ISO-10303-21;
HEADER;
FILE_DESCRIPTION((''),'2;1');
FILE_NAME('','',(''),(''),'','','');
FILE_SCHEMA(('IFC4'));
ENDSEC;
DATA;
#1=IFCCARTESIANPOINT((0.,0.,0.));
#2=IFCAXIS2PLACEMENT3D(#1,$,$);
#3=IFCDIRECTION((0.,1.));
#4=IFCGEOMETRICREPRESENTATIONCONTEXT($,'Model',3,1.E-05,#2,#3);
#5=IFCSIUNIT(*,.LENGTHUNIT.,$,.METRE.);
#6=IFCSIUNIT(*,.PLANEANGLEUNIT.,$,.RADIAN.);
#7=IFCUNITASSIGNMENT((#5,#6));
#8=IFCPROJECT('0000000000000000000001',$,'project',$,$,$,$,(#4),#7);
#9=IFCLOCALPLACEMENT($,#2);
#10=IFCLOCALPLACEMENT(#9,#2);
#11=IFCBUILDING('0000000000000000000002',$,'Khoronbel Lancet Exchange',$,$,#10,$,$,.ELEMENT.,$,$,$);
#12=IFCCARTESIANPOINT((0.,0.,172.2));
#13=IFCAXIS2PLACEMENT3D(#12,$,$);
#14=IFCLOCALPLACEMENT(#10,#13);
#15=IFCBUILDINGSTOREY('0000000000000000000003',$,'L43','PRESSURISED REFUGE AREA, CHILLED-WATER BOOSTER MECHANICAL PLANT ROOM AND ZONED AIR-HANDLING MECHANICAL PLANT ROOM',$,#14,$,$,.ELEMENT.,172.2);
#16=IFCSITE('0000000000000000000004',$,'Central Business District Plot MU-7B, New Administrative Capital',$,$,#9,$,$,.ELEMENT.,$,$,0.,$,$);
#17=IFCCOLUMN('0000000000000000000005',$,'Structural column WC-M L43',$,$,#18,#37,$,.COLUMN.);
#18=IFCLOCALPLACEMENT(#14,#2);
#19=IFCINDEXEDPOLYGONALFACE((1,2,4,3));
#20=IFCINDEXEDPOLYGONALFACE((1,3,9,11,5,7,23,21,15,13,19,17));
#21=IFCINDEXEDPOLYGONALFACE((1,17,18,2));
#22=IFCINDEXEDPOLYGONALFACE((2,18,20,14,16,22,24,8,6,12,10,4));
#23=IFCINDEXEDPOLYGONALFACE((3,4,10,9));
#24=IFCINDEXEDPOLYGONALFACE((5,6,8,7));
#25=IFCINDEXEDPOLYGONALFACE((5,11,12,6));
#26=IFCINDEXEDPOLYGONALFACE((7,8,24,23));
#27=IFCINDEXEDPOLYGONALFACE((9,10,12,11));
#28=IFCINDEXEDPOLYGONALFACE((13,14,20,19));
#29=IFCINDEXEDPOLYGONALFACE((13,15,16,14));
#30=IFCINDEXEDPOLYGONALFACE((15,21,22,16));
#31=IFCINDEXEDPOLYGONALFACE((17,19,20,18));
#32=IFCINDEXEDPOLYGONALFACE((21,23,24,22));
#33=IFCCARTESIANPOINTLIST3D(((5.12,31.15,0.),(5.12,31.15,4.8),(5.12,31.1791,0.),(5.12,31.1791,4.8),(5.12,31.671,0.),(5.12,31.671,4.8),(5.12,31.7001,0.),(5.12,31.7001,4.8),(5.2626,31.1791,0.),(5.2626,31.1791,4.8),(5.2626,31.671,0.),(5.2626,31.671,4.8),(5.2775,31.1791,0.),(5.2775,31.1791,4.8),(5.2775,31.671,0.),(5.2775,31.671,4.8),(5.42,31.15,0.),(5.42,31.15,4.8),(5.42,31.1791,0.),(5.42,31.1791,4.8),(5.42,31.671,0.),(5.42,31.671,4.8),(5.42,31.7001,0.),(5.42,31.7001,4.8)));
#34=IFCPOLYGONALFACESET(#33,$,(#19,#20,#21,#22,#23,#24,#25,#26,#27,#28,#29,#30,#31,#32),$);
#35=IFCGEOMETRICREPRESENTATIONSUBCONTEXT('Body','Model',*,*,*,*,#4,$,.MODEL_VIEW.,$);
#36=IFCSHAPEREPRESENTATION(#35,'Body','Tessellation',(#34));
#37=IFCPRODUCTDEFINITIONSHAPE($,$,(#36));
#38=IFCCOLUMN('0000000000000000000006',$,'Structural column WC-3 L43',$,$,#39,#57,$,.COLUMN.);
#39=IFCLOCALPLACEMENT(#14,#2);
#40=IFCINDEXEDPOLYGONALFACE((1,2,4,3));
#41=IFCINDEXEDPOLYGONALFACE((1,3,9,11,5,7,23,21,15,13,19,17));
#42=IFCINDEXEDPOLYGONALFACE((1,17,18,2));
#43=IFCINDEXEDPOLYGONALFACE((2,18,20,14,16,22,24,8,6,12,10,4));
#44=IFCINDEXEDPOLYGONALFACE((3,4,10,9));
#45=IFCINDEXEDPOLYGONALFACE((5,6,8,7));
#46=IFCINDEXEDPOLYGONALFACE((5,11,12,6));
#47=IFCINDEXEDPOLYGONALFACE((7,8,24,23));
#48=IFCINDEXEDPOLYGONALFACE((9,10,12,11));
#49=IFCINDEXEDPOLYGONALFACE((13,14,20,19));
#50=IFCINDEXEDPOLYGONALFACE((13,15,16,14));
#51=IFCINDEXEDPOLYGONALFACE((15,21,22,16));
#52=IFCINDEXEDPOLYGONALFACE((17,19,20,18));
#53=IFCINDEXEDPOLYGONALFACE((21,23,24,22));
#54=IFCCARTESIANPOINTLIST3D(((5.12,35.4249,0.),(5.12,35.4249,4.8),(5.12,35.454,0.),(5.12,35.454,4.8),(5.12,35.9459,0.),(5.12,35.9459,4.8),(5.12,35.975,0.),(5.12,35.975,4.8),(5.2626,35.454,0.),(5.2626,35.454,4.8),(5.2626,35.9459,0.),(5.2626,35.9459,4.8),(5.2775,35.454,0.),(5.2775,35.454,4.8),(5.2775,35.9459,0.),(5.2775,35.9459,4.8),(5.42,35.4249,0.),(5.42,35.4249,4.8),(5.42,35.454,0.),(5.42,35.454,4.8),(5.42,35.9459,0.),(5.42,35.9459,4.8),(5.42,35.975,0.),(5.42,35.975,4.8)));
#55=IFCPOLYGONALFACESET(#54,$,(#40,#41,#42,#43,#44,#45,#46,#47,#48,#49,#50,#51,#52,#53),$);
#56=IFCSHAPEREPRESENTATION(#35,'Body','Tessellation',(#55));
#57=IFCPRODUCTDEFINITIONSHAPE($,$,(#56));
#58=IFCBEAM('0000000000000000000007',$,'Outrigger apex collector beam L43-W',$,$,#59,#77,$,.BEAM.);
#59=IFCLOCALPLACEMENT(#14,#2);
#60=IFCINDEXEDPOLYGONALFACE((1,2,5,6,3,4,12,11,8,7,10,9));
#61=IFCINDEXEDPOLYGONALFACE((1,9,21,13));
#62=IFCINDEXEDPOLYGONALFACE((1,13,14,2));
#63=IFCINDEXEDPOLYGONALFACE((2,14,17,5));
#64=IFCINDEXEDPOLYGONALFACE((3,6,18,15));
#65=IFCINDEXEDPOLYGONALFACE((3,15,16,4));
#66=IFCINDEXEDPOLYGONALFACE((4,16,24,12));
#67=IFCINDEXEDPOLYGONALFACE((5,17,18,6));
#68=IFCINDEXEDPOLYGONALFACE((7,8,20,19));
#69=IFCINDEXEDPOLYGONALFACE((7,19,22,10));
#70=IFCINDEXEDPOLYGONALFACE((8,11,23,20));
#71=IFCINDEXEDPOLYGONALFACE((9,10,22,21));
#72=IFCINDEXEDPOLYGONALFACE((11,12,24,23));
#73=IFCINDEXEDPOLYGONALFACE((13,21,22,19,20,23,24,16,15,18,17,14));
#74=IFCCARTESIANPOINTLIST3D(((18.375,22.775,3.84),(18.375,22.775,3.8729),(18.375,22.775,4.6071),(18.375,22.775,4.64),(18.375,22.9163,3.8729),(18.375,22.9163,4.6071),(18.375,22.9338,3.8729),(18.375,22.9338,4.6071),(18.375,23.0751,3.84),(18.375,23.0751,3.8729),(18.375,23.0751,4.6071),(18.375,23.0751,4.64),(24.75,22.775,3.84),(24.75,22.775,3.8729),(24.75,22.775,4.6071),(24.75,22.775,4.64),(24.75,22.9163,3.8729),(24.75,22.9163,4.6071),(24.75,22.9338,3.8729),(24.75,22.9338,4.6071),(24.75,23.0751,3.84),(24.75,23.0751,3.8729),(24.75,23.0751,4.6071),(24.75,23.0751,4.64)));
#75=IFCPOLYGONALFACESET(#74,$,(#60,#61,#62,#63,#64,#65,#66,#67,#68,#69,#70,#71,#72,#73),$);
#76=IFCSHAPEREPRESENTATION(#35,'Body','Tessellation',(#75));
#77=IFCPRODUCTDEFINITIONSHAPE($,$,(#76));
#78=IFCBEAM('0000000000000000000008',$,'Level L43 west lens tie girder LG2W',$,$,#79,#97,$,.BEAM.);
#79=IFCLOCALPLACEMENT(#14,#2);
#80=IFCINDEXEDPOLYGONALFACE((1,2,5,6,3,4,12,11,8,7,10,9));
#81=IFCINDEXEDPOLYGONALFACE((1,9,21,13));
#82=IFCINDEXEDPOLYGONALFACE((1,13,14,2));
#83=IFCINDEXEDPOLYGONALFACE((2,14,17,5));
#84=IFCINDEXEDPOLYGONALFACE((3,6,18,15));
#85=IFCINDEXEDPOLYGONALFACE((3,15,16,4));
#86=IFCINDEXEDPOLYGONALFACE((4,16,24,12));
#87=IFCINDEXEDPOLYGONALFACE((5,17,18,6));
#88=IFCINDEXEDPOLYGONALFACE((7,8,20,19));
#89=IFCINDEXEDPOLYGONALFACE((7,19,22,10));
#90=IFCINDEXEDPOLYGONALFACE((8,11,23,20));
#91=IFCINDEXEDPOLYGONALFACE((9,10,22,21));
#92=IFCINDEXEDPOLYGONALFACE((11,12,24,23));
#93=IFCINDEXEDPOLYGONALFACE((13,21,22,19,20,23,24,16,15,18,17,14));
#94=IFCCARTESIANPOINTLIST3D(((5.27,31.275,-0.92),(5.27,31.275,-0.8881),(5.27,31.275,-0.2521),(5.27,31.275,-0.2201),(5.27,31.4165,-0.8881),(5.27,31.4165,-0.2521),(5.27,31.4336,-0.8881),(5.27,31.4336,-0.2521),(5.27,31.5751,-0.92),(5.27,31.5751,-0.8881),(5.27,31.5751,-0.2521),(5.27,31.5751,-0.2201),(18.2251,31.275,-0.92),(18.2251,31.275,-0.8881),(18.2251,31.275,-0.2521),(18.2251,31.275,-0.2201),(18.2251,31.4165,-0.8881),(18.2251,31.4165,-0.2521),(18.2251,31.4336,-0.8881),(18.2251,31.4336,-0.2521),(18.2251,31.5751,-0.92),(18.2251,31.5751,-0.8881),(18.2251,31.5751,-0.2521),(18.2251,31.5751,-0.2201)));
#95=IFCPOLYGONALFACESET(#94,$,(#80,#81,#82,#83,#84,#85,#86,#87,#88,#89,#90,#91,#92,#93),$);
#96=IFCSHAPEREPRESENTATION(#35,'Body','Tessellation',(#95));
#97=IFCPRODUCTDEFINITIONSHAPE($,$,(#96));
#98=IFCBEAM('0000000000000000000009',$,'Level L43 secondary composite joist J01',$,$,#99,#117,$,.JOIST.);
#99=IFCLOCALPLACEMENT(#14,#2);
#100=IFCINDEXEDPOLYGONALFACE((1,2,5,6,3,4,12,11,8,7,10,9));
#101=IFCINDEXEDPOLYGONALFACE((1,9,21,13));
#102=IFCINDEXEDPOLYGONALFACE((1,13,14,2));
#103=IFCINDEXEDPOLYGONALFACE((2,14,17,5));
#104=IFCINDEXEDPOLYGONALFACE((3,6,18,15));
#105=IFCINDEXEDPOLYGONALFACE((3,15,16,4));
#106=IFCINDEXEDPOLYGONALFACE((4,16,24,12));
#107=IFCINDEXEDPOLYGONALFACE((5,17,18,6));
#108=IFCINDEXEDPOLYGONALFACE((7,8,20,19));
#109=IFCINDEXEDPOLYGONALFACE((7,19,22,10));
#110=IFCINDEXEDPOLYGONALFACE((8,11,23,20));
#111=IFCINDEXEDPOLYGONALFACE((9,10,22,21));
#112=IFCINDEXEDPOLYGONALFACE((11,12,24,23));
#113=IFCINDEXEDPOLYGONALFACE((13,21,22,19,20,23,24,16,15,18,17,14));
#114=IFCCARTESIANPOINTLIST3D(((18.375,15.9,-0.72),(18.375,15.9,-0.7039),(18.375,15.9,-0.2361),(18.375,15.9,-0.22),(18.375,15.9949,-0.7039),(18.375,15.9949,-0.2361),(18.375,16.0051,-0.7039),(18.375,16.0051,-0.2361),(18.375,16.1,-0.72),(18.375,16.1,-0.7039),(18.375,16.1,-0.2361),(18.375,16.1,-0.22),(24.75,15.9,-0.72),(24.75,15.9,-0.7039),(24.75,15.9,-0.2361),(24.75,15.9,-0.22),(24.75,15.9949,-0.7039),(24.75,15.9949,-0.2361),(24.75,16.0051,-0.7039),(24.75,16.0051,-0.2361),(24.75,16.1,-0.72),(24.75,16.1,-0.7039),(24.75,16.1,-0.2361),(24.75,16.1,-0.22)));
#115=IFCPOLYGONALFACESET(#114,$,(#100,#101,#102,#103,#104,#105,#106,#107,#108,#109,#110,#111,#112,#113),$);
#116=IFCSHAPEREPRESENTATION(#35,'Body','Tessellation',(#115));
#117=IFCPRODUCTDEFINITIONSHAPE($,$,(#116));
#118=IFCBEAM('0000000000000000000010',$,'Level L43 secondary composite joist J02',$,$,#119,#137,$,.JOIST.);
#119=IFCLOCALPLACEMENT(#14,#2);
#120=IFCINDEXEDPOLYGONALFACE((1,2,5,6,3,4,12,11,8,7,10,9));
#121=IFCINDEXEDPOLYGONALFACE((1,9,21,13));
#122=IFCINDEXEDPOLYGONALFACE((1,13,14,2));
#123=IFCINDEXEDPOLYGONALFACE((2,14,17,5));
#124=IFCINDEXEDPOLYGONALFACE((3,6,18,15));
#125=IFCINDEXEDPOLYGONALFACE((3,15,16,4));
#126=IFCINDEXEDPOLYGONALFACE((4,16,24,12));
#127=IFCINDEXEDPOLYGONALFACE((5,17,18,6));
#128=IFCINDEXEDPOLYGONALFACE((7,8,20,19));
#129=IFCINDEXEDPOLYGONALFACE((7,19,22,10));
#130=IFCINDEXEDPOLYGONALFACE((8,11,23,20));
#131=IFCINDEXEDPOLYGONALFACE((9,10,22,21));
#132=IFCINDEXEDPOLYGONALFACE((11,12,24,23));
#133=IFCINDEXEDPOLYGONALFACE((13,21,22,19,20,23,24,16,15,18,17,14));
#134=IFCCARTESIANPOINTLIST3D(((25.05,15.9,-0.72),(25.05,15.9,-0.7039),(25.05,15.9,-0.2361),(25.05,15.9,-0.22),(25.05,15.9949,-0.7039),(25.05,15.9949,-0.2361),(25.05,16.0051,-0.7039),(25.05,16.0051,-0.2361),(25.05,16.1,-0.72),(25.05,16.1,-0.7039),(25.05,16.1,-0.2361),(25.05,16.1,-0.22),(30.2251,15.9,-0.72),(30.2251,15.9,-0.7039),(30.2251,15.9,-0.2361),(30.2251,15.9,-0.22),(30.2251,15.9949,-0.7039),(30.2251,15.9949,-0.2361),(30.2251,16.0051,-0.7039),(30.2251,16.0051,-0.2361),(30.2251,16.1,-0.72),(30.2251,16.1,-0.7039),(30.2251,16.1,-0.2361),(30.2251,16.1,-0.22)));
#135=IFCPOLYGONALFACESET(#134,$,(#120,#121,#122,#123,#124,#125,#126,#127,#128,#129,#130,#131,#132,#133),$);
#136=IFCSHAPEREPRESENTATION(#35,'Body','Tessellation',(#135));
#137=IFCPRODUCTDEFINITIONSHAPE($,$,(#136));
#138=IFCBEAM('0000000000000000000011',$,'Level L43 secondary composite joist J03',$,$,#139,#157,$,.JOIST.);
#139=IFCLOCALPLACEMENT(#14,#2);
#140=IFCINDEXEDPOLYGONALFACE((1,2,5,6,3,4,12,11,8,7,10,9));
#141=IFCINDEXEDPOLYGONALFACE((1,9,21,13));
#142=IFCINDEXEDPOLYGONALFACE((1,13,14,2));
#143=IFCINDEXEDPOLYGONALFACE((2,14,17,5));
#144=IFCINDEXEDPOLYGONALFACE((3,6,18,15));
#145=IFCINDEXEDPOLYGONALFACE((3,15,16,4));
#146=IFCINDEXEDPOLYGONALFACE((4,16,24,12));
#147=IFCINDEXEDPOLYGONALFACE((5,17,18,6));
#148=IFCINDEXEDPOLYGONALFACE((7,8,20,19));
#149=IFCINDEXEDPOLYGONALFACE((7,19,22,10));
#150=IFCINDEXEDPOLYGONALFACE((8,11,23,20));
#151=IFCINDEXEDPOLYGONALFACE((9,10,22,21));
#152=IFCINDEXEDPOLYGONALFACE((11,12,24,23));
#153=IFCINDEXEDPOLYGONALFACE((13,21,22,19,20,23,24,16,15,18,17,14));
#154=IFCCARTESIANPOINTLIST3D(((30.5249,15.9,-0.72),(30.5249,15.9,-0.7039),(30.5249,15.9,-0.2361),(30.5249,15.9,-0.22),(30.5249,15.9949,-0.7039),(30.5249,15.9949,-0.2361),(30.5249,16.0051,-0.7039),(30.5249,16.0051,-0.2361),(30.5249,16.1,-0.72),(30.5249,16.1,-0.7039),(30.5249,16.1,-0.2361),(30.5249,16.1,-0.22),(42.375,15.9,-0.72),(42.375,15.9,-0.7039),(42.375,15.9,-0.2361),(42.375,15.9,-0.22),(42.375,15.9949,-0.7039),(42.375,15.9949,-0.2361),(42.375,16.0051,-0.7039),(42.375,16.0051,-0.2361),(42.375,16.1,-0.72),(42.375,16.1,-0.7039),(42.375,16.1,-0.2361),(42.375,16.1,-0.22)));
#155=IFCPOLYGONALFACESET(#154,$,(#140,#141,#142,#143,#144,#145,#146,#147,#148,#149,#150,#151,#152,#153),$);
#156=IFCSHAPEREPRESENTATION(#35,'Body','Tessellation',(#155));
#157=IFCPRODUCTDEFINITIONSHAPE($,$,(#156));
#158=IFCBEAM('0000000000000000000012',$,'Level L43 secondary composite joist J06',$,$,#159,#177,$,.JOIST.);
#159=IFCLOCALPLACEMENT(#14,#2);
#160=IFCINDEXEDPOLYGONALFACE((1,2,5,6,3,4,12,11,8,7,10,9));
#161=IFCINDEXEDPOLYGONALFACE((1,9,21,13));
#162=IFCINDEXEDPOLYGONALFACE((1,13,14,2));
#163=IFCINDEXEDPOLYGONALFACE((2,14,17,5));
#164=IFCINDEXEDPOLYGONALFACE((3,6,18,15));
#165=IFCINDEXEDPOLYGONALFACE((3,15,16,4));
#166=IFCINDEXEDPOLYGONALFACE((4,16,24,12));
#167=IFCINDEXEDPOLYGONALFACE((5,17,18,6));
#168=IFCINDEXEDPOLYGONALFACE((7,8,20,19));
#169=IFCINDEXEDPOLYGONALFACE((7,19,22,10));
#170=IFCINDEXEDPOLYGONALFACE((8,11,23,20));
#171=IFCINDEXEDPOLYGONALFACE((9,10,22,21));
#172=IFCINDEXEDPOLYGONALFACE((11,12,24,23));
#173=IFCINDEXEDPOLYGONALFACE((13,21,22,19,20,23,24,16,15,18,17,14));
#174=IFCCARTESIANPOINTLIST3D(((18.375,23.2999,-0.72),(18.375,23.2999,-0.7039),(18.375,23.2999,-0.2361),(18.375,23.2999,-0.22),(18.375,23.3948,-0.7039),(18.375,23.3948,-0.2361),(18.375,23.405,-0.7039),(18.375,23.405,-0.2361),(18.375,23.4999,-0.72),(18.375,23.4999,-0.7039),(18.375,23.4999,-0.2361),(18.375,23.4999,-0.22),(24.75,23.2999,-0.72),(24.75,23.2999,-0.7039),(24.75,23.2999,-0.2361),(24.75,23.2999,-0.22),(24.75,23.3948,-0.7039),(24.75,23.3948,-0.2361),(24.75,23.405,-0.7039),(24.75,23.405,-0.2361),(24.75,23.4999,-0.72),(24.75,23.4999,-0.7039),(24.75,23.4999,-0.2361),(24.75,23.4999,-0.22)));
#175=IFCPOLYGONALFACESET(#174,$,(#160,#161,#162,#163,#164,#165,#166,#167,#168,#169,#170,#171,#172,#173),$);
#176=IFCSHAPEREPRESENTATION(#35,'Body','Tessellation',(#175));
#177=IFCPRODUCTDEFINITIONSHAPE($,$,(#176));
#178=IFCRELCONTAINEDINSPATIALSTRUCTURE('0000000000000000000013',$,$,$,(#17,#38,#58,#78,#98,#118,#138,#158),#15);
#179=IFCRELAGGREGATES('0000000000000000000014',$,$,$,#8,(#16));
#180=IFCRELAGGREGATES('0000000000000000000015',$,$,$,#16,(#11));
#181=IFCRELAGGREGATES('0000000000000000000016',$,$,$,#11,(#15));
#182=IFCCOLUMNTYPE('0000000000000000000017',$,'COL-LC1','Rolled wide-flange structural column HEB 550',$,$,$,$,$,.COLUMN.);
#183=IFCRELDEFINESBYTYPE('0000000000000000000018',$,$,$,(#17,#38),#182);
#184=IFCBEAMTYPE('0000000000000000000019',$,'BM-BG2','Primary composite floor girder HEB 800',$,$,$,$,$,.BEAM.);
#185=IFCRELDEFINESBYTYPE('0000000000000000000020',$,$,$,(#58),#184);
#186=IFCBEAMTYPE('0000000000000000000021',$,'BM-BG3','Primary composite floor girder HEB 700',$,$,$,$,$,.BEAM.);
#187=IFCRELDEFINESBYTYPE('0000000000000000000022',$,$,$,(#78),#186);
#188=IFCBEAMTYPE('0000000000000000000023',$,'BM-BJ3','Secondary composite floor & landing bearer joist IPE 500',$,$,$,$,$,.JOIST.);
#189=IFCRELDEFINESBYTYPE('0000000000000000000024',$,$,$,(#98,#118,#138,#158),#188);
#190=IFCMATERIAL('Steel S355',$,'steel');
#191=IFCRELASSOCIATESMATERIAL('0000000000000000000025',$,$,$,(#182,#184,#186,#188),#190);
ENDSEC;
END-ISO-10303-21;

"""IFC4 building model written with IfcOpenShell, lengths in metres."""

from ifc_helpers import new_model, si_unit, direction, frame, origin, origin_2d, place, context, subcontext, project, spatial, i_section, extrude, material, material_profile, profile_set, type_object, element, save


model = new_model("IFC4")

# Units and contexts
model_context = context("Model", 3, precision=1e-05, world=origin(), true_north=direction((0.0, 1.0)))
body_context = subcontext(model_context, "Body", "Model", "MODEL_VIEW")
ifc_project = project(units=[si_unit("LENGTHUNIT", "METRE"), si_unit("PLANEANGLEUNIT", "RADIAN")], contexts=[model_context])

# Site, building, storey
site_placement = place(None, origin())
site = spatial("IfcSite", under=ifc_project, at=site_placement, Name="Central Business District Plot MU-7B, New Administrative Capital", CompositionType="ELEMENT", RefElevation=0.0)
building_placement = place(site_placement, origin())
building = spatial("IfcBuilding", under=site, at=building_placement, Name="Khoronbel Lancet Exchange", CompositionType="ELEMENT")
storey_placement = place(building_placement, frame((0.0, 0.0, 172.2)))
storey = spatial("IfcBuildingStorey", under=building, at=storey_placement, Name="L43", Description="PRESSURISED REFUGE AREA, CHILLED-WATER BOOSTER MECHANICAL PLANT ROOM AND ZONED AIR-HANDLING MECHANICAL PLANT ROOM", CompositionType="ELEMENT", Elevation=172.2)

# Columns
ifc_material_1 = material(Name="Steel S355", Category="steel")
ifc_material_profile_1 = material_profile(ifc_material_1, i_section(OverallWidth=0.3, OverallDepth=0.55, WebThickness=0.0149, FlangeThickness=0.0291, at=origin_2d()), Name="HEB 550")
ifc_profile_set_1 = profile_set([ifc_material_profile_1], Name="Steel S355")
column_type = type_object("IfcColumnType", Name="COL-LC1", Description="Rolled wide-flange structural column HEB 550", PredefinedType="COLUMN", material=ifc_profile_set_1)
for number, where, z_axis, x_axis, name in (
    (1, (5.27, 31.425, 0.0), (0.0, 0.0, 1.0), (1.0, 0.0, 0.0), "Structural column WC-M L43"),
    (2, (5.27, 35.7, 0.0), (0.0, 0.0, 1.0), (1.0, 0.0, 0.0), "Structural column WC-3 L43"),
):
    element("IfcColumn", number, at=place(storey_placement, frame(where, z_axis=z_axis, x_axis=x_axis)), inside=storey, type_object=column_type, Name=name, PredefinedType="COLUMN", context=body_context, shape_type="SweptSolid", body=[
        extrude(i_section(OverallWidth=0.3, OverallDepth=0.55, WebThickness=0.0149, FlangeThickness=0.0291, at=origin_2d()), origin(), (0.0, 0.0, 1.0), 4.8),
    ])

# Beams
ifc_material_profile_2 = material_profile(ifc_material_1, i_section(OverallWidth=0.3, OverallDepth=0.8, WebThickness=0.0176, FlangeThickness=0.033, at=origin_2d()), Name="HEB 800")
ifc_profile_set_2 = profile_set([ifc_material_profile_2], Name="Steel S355")
beam_type_1 = type_object("IfcBeamType", Name="BM-BG2", Description="Primary composite floor girder HEB 800", PredefinedType="BEAM", material=ifc_profile_set_2)
beam_1_placement = place(storey_placement, frame((18.375, 22.925, 4.24), z_axis=(1.0, 0.0, 0.0), x_axis=(0.0, 1.0, 0.0)))
element("IfcBeam", 3, at=beam_1_placement, inside=storey, type_object=beam_type_1, Name="Outrigger apex collector beam L43-W", PredefinedType="BEAM", context=body_context, shape_type="SweptSolid", body=[
    extrude(i_section(OverallWidth=0.3, OverallDepth=0.8, WebThickness=0.0176, FlangeThickness=0.033, at=origin_2d()), origin(), (0.0, 0.0, 1.0), 6.375),
])
ifc_material_profile_3 = material_profile(ifc_material_1, i_section(OverallWidth=0.3, OverallDepth=0.7, WebThickness=0.0171, FlangeThickness=0.032, at=origin_2d()), Name="HEB 700")
ifc_profile_set_3 = profile_set([ifc_material_profile_3], Name="Steel S355")
beam_type_2 = type_object("IfcBeamType", Name="BM-BG3", Description="Primary composite floor girder HEB 700", PredefinedType="BEAM", material=ifc_profile_set_3)
beam_2_placement = place(storey_placement, frame((5.27, 31.425, -0.5701), z_axis=(1.0, 0.0, 0.0), x_axis=(0.0, 1.0, 0.0)))
element("IfcBeam", 4, at=beam_2_placement, inside=storey, type_object=beam_type_2, Name="Level L43 west lens tie girder LG2W", PredefinedType="BEAM", context=body_context, shape_type="SweptSolid", body=[
    extrude(i_section(OverallWidth=0.3, OverallDepth=0.7, WebThickness=0.0171, FlangeThickness=0.032, at=origin_2d()), origin(), (0.0, 0.0, 1.0), 12.9551),
])
ifc_material_profile_4 = material_profile(ifc_material_1, i_section(OverallWidth=0.2, OverallDepth=0.5, WebThickness=0.0103, FlangeThickness=0.0161, at=origin_2d()), Name="IPE 500")
ifc_profile_set_4 = profile_set([ifc_material_profile_4], Name="Steel S355")
beam_type_3 = type_object("IfcBeamType", Name="BM-BJ3", Description="Secondary composite floor & landing bearer joist IPE 500", PredefinedType="JOIST", material=ifc_profile_set_4)
beam_3_placement = place(storey_placement, frame((18.375, 16.0, -0.47), z_axis=(1.0, 0.0, 0.0), x_axis=(0.0, 1.0, 0.0)))
element("IfcBeam", 5, at=beam_3_placement, inside=storey, type_object=beam_type_3, Name="Level L43 secondary composite joist J01", PredefinedType="JOIST", context=body_context, shape_type="SweptSolid", body=[
    extrude(i_section(OverallWidth=0.2, OverallDepth=0.5, WebThickness=0.0103, FlangeThickness=0.0161, at=origin_2d()), origin(), (0.0, 0.0, 1.0), 6.375),
])
beam_4_placement = place(storey_placement, frame((25.05, 16.0, -0.47), z_axis=(1.0, 0.0, 0.0), x_axis=(0.0, 1.0, 0.0)))
element("IfcBeam", 6, at=beam_4_placement, inside=storey, type_object=beam_type_3, Name="Level L43 secondary composite joist J02", PredefinedType="JOIST", context=body_context, shape_type="SweptSolid", body=[
    extrude(i_section(OverallWidth=0.2, OverallDepth=0.5, WebThickness=0.0103, FlangeThickness=0.0161, at=origin_2d()), origin(), (0.0, 0.0, 1.0), 5.175),
])
beam_5_placement = place(storey_placement, frame((30.5249, 16.0, -0.47), z_axis=(1.0, 0.0, 0.0), x_axis=(0.0, 1.0, 0.0)))
element("IfcBeam", 7, at=beam_5_placement, inside=storey, type_object=beam_type_3, Name="Level L43 secondary composite joist J03", PredefinedType="JOIST", context=body_context, shape_type="SweptSolid", body=[
    extrude(i_section(OverallWidth=0.2, OverallDepth=0.5, WebThickness=0.0103, FlangeThickness=0.0161, at=origin_2d()), origin(), (0.0, 0.0, 1.0), 11.8501),
])
beam_6_placement = place(storey_placement, frame((18.375, 23.3999, -0.47), z_axis=(1.0, 0.0, 0.0), x_axis=(0.0, 1.0, 0.0)))
element("IfcBeam", 8, at=beam_6_placement, inside=storey, type_object=beam_type_3, Name="Level L43 secondary composite joist J06", PredefinedType="JOIST", context=body_context, shape_type="SweptSolid", body=[
    extrude(i_section(OverallWidth=0.2, OverallDepth=0.5, WebThickness=0.0103, FlangeThickness=0.0161, at=origin_2d()), origin(), (0.0, 0.0, 1.0), 6.375),
])

save(model, "model.ifc")
